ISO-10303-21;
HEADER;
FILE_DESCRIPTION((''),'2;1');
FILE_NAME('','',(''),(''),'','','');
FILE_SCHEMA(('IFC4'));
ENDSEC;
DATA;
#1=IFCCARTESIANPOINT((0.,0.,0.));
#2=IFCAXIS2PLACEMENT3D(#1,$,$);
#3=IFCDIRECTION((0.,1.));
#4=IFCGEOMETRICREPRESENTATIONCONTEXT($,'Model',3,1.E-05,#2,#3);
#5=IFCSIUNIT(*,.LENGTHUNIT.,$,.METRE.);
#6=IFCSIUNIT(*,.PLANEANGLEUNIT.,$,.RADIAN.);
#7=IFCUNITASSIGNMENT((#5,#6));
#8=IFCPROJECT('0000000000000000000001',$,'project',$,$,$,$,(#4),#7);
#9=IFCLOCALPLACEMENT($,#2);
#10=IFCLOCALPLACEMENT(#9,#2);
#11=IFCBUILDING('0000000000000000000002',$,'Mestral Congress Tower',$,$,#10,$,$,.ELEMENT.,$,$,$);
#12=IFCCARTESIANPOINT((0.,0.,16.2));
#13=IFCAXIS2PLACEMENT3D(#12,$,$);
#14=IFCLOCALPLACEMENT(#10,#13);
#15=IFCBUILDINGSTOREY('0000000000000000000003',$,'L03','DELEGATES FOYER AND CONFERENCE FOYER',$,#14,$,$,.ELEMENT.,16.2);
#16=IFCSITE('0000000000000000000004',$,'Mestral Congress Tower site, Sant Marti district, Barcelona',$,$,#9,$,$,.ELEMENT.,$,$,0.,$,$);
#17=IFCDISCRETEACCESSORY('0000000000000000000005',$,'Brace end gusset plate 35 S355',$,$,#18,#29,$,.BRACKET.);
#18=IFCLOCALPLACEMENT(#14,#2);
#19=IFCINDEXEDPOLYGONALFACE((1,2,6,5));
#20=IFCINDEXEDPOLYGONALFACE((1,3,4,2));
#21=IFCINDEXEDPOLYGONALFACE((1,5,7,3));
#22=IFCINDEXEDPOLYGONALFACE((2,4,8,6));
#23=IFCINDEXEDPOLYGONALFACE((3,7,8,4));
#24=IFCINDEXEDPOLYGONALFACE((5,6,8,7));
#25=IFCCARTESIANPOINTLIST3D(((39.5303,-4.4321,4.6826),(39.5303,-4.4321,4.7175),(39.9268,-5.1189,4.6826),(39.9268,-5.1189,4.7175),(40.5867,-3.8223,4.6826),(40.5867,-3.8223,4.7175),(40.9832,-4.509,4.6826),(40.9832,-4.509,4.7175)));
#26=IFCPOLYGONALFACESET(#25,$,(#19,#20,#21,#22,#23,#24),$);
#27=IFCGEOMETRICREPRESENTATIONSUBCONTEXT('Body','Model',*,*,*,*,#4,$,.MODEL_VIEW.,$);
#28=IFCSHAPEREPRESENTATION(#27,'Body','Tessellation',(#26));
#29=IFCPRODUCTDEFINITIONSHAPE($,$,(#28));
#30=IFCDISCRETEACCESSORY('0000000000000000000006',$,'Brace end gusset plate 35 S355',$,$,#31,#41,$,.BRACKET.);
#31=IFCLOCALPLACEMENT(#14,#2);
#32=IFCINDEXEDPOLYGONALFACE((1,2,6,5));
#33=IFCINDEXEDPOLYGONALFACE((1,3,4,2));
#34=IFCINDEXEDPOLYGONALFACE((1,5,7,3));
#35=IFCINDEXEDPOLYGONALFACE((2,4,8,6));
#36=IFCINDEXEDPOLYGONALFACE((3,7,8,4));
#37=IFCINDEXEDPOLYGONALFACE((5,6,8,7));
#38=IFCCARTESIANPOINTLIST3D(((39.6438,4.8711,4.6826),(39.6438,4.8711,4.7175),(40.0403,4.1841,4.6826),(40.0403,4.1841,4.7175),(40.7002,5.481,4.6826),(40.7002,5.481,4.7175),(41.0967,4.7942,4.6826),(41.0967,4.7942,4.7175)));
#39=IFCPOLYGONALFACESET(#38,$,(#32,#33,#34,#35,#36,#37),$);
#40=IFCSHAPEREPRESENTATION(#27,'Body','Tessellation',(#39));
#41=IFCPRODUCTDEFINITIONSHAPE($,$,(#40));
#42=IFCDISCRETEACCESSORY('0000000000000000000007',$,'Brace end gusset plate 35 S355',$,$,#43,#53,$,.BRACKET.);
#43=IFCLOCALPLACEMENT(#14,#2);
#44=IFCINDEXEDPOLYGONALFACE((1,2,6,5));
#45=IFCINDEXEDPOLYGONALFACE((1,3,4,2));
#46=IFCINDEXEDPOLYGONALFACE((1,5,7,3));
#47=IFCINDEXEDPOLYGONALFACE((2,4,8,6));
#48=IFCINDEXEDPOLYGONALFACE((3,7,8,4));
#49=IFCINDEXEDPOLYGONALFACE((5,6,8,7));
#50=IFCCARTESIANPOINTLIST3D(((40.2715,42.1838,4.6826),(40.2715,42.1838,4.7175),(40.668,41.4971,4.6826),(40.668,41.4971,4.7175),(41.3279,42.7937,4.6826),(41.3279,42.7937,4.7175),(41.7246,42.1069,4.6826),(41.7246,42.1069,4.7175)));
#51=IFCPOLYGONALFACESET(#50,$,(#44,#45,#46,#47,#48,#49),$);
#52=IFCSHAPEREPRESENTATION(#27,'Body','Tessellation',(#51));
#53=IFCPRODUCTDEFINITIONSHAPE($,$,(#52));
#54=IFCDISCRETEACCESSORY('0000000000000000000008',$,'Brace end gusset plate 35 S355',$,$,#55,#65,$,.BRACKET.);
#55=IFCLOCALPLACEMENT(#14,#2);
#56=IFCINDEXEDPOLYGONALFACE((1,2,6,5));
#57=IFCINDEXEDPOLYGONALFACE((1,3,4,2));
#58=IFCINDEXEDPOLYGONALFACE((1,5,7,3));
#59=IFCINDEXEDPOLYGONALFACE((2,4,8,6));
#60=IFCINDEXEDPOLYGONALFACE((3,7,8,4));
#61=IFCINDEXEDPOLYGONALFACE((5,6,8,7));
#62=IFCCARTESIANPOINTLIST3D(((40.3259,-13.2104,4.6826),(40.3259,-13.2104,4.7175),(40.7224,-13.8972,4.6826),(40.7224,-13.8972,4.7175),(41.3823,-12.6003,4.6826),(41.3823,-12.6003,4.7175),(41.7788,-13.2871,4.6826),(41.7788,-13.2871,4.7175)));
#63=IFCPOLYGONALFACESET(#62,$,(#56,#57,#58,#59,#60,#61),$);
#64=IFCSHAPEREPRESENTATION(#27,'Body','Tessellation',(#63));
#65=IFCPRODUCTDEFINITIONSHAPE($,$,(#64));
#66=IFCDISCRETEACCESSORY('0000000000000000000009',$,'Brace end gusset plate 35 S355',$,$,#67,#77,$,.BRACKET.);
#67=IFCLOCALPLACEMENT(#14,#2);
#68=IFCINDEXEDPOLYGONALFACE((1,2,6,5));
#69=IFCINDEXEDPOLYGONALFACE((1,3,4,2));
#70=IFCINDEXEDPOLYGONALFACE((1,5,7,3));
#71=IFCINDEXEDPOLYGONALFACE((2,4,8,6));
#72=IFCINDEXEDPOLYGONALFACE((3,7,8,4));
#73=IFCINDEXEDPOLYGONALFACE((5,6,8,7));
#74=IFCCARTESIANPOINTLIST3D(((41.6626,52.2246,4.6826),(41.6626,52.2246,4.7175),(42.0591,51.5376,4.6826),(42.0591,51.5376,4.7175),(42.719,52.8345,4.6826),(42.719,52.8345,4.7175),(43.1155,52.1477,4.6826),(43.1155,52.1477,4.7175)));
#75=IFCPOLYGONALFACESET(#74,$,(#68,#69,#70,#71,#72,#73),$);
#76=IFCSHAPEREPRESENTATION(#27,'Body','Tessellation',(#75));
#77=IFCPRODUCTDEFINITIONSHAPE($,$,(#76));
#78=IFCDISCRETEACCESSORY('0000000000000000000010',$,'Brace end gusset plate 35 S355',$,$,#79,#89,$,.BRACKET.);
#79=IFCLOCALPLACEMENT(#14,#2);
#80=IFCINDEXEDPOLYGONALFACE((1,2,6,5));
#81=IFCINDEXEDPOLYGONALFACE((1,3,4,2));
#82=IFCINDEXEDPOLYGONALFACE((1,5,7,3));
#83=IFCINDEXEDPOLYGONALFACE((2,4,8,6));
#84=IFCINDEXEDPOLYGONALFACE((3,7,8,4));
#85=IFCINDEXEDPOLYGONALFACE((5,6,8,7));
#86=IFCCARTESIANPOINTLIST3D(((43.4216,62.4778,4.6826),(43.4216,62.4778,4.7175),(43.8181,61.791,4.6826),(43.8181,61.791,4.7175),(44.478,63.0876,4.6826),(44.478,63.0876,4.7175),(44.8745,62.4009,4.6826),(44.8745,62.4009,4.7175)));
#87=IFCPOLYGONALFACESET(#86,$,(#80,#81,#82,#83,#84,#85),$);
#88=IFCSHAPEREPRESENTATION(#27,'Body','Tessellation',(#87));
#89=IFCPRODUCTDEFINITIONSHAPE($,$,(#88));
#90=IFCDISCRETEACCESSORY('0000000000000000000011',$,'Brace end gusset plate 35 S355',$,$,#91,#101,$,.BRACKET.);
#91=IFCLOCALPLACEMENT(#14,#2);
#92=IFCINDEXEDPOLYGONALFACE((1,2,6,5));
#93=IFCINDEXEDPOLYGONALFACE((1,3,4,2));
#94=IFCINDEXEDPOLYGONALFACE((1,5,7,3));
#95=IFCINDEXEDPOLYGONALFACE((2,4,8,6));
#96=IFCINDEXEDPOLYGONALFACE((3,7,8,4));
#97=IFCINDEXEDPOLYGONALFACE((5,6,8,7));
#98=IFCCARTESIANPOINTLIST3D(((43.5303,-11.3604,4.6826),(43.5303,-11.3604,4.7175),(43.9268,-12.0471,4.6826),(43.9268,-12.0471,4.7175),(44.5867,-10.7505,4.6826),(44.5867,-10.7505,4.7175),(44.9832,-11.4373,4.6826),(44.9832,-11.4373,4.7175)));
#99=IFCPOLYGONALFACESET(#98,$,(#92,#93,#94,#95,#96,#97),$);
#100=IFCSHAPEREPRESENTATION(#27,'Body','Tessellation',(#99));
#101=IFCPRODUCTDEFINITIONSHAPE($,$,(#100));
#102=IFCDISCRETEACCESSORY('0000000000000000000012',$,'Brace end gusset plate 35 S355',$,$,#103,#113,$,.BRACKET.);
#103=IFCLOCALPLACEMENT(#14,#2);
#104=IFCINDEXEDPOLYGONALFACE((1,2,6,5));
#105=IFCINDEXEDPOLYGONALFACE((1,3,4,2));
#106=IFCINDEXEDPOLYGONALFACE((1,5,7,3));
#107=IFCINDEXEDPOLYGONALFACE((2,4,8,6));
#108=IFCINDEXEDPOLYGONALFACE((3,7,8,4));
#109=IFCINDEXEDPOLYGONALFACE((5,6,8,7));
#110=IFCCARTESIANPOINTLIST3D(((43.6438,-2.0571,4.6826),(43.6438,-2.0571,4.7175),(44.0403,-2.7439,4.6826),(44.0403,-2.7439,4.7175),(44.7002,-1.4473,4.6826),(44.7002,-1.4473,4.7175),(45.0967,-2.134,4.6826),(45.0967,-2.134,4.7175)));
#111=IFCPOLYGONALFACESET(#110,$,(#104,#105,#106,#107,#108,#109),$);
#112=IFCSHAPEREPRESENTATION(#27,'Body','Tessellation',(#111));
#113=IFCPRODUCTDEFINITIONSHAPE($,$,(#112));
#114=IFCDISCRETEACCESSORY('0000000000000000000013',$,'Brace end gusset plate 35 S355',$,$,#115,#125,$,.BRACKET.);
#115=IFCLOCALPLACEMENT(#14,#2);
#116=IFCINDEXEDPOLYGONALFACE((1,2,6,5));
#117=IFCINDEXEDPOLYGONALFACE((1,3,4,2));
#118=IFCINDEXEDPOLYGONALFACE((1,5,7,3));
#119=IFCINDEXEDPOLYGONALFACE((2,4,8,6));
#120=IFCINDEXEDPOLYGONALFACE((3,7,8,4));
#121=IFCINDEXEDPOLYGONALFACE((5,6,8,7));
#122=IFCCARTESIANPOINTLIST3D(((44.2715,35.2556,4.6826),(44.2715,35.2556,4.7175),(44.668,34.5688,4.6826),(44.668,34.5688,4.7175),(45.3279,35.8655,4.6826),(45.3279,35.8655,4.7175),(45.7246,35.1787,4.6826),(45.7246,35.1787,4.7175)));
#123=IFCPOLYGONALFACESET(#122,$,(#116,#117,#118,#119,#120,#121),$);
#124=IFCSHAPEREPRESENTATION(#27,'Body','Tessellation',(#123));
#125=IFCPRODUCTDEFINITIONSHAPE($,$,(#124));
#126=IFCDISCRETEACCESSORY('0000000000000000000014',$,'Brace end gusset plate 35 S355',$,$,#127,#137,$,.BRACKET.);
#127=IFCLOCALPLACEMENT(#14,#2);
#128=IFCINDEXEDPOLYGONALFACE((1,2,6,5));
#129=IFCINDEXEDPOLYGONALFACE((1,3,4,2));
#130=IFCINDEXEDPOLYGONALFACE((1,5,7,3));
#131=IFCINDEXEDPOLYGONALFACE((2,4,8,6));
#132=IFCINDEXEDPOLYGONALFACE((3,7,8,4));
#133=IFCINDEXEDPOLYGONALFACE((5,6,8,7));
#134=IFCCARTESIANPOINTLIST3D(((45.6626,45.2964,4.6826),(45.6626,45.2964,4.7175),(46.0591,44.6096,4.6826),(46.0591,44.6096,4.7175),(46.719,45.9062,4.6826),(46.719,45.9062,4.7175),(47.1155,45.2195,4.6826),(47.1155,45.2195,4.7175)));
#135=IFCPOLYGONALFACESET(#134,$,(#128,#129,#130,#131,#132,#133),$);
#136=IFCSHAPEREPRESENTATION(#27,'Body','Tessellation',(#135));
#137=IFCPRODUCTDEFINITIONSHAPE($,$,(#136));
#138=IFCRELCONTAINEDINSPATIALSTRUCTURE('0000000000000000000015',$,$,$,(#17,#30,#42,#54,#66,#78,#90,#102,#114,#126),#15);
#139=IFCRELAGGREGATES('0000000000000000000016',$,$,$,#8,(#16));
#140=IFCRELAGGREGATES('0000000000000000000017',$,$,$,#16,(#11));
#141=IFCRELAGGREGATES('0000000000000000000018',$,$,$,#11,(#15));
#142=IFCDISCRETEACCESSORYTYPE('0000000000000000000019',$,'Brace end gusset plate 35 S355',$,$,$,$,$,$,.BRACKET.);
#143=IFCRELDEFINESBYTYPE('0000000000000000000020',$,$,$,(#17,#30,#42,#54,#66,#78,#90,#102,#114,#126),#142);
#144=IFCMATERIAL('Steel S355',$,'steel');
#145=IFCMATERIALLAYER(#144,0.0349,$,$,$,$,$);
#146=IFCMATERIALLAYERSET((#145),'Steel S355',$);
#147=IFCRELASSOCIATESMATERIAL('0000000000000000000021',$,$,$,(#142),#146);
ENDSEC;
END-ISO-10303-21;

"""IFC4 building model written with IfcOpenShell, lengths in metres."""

from ifc_helpers import new_model, si_unit, direction, frame, origin, place, context, subcontext, project, spatial, polyline, outline, extrude, material, layer, layer_set, type_object, element, save


model = new_model("IFC4")

# Units and contexts
model_context = context("Model", 3, precision=1e-05, world=origin(), true_north=direction((0.0, 1.0)))
body_context = subcontext(model_context, "Body", "Model", "MODEL_VIEW")
ifc_project = project(units=[si_unit("LENGTHUNIT", "METRE"), si_unit("PLANEANGLEUNIT", "RADIAN")], contexts=[model_context])

# Site, building, storey
site_placement = place(None, origin())
site = spatial("IfcSite", under=ifc_project, at=site_placement, Name="Mestral Congress Tower site, Sant Marti district, Barcelona", CompositionType="ELEMENT", RefElevation=0.0)
building_placement = place(site_placement, origin())
building = spatial("IfcBuilding", under=site, at=building_placement, Name="Mestral Congress Tower", CompositionType="ELEMENT")
storey_placement = place(building_placement, frame((0.0, 0.0, 16.2)))
storey = spatial("IfcBuildingStorey", under=building, at=storey_placement, Name="L03", Description="DELEGATES FOYER AND CONFERENCE FOYER", CompositionType="ELEMENT", Elevation=16.2)

# Discrete accessories
ifc_material = material(Name="Steel S355", Category="steel")
ifc_layer_1 = layer(ifc_material, 0.0349)
ifc_layer_set_1 = layer_set([ifc_layer_1], Name="Steel S355")
discrete_accessory_type_1 = type_object("IfcDiscreteAccessoryType", Name="Brace end gusset plate 35 S355", PredefinedType="BRACKET", material=ifc_layer_set_1)
placement_1 = place(storey_placement, frame((0.0, 0.0, 4.6826)))
element("IfcDiscreteAccessory", 1, at=placement_1, inside=storey, type_object=discrete_accessory_type_1, Name="Brace end gusset plate 35 S355", PredefinedType="BRACKET", context=body_context, shape_type="SweptSolid", body=[
    extrude(outline(polyline([(40.5867, -3.8223), (39.5303, -4.4321), (39.9268, -5.1189), (40.9832, -4.509), (40.5867, -3.8223)])), origin(), (0.0, 0.0, 1.0), 0.0349),
])
element("IfcDiscreteAccessory", 2, at=placement_1, inside=storey, type_object=discrete_accessory_type_1, Name="Brace end gusset plate 35 S355", PredefinedType="BRACKET", context=body_context, shape_type="SweptSolid", body=[
    extrude(outline(polyline([(40.7002, 5.481), (39.6438, 4.8711), (40.0403, 4.1841), (41.0967, 4.7942), (40.7002, 5.481)])), origin(), (0.0, 0.0, 1.0), 0.0349),
])
element("IfcDiscreteAccessory", 3, at=placement_1, inside=storey, type_object=discrete_accessory_type_1, Name="Brace end gusset plate 35 S355", PredefinedType="BRACKET", context=body_context, shape_type="SweptSolid", body=[
    extrude(outline(polyline([(41.3279, 42.7937), (40.2715, 42.1838), (40.668, 41.4971), (41.7246, 42.1069), (41.3279, 42.7937)])), origin(), (0.0, 0.0, 1.0), 0.0349),
])
element("IfcDiscreteAccessory", 4, at=placement_1, inside=storey, type_object=discrete_accessory_type_1, Name="Brace end gusset plate 35 S355", PredefinedType="BRACKET", context=body_context, shape_type="SweptSolid", body=[
    extrude(outline(polyline([(41.3823, -12.6003), (40.3259, -13.2104), (40.7224, -13.8972), (41.7788, -13.2871), (41.3823, -12.6003)])), origin(), (0.0, 0.0, 1.0), 0.0349),
])
element("IfcDiscreteAccessory", 5, at=placement_1, inside=storey, type_object=discrete_accessory_type_1, Name="Brace end gusset plate 35 S355", PredefinedType="BRACKET", context=body_context, shape_type="SweptSolid", body=[
    extrude(outline(polyline([(42.719, 52.8345), (41.6626, 52.2246), (42.0591, 51.5376), (43.1155, 52.1477), (42.719, 52.8345)])), origin(), (0.0, 0.0, 1.0), 0.0349),
])
element("IfcDiscreteAccessory", 6, at=placement_1, inside=storey, type_object=discrete_accessory_type_1, Name="Brace end gusset plate 35 S355", PredefinedType="BRACKET", context=body_context, shape_type="SweptSolid", body=[
    extrude(outline(polyline([(44.478, 63.0876), (43.4216, 62.4778), (43.8181, 61.791), (44.8745, 62.4009), (44.478, 63.0876)])), origin(), (0.0, 0.0, 1.0), 0.0349),
])
element("IfcDiscreteAccessory", 7, at=placement_1, inside=storey, type_object=discrete_accessory_type_1, Name="Brace end gusset plate 35 S355", PredefinedType="BRACKET", context=body_context, shape_type="SweptSolid", body=[
    extrude(outline(polyline([(44.5867, -10.7505), (43.5303, -11.3604), (43.9268, -12.0471), (44.9832, -11.4373), (44.5867, -10.7505)])), origin(), (0.0, 0.0, 1.0), 0.0349),
])
element("IfcDiscreteAccessory", 8, at=placement_1, inside=storey, type_object=discrete_accessory_type_1, Name="Brace end gusset plate 35 S355", PredefinedType="BRACKET", context=body_context, shape_type="SweptSolid", body=[
    extrude(outline(polyline([(44.7002, -1.4473), (43.6438, -2.0571), (44.0403, -2.7439), (45.0967, -2.134), (44.7002, -1.4473)])), origin(), (0.0, 0.0, 1.0), 0.0349),
])
element("IfcDiscreteAccessory", 9, at=placement_1, inside=storey, type_object=discrete_accessory_type_1, Name="Brace end gusset plate 35 S355", PredefinedType="BRACKET", context=body_context, shape_type="SweptSolid", body=[
    extrude(outline(polyline([(45.3279, 35.8655), (44.2715, 35.2556), (44.668, 34.5688), (45.7246, 35.1787), (45.3279, 35.8655)])), origin(), (0.0, 0.0, 1.0), 0.0349),
])
element("IfcDiscreteAccessory", 10, at=placement_1, inside=storey, type_object=discrete_accessory_type_1, Name="Brace end gusset plate 35 S355", PredefinedType="BRACKET", context=body_context, shape_type="SweptSolid", body=[
    extrude(outline(polyline([(46.719, 45.9062), (45.6626, 45.2964), (46.0591, 44.6096), (47.1155, 45.2195), (46.719, 45.9062)])), origin(), (0.0, 0.0, 1.0), 0.0349),
])

save(model, "model.ifc")
